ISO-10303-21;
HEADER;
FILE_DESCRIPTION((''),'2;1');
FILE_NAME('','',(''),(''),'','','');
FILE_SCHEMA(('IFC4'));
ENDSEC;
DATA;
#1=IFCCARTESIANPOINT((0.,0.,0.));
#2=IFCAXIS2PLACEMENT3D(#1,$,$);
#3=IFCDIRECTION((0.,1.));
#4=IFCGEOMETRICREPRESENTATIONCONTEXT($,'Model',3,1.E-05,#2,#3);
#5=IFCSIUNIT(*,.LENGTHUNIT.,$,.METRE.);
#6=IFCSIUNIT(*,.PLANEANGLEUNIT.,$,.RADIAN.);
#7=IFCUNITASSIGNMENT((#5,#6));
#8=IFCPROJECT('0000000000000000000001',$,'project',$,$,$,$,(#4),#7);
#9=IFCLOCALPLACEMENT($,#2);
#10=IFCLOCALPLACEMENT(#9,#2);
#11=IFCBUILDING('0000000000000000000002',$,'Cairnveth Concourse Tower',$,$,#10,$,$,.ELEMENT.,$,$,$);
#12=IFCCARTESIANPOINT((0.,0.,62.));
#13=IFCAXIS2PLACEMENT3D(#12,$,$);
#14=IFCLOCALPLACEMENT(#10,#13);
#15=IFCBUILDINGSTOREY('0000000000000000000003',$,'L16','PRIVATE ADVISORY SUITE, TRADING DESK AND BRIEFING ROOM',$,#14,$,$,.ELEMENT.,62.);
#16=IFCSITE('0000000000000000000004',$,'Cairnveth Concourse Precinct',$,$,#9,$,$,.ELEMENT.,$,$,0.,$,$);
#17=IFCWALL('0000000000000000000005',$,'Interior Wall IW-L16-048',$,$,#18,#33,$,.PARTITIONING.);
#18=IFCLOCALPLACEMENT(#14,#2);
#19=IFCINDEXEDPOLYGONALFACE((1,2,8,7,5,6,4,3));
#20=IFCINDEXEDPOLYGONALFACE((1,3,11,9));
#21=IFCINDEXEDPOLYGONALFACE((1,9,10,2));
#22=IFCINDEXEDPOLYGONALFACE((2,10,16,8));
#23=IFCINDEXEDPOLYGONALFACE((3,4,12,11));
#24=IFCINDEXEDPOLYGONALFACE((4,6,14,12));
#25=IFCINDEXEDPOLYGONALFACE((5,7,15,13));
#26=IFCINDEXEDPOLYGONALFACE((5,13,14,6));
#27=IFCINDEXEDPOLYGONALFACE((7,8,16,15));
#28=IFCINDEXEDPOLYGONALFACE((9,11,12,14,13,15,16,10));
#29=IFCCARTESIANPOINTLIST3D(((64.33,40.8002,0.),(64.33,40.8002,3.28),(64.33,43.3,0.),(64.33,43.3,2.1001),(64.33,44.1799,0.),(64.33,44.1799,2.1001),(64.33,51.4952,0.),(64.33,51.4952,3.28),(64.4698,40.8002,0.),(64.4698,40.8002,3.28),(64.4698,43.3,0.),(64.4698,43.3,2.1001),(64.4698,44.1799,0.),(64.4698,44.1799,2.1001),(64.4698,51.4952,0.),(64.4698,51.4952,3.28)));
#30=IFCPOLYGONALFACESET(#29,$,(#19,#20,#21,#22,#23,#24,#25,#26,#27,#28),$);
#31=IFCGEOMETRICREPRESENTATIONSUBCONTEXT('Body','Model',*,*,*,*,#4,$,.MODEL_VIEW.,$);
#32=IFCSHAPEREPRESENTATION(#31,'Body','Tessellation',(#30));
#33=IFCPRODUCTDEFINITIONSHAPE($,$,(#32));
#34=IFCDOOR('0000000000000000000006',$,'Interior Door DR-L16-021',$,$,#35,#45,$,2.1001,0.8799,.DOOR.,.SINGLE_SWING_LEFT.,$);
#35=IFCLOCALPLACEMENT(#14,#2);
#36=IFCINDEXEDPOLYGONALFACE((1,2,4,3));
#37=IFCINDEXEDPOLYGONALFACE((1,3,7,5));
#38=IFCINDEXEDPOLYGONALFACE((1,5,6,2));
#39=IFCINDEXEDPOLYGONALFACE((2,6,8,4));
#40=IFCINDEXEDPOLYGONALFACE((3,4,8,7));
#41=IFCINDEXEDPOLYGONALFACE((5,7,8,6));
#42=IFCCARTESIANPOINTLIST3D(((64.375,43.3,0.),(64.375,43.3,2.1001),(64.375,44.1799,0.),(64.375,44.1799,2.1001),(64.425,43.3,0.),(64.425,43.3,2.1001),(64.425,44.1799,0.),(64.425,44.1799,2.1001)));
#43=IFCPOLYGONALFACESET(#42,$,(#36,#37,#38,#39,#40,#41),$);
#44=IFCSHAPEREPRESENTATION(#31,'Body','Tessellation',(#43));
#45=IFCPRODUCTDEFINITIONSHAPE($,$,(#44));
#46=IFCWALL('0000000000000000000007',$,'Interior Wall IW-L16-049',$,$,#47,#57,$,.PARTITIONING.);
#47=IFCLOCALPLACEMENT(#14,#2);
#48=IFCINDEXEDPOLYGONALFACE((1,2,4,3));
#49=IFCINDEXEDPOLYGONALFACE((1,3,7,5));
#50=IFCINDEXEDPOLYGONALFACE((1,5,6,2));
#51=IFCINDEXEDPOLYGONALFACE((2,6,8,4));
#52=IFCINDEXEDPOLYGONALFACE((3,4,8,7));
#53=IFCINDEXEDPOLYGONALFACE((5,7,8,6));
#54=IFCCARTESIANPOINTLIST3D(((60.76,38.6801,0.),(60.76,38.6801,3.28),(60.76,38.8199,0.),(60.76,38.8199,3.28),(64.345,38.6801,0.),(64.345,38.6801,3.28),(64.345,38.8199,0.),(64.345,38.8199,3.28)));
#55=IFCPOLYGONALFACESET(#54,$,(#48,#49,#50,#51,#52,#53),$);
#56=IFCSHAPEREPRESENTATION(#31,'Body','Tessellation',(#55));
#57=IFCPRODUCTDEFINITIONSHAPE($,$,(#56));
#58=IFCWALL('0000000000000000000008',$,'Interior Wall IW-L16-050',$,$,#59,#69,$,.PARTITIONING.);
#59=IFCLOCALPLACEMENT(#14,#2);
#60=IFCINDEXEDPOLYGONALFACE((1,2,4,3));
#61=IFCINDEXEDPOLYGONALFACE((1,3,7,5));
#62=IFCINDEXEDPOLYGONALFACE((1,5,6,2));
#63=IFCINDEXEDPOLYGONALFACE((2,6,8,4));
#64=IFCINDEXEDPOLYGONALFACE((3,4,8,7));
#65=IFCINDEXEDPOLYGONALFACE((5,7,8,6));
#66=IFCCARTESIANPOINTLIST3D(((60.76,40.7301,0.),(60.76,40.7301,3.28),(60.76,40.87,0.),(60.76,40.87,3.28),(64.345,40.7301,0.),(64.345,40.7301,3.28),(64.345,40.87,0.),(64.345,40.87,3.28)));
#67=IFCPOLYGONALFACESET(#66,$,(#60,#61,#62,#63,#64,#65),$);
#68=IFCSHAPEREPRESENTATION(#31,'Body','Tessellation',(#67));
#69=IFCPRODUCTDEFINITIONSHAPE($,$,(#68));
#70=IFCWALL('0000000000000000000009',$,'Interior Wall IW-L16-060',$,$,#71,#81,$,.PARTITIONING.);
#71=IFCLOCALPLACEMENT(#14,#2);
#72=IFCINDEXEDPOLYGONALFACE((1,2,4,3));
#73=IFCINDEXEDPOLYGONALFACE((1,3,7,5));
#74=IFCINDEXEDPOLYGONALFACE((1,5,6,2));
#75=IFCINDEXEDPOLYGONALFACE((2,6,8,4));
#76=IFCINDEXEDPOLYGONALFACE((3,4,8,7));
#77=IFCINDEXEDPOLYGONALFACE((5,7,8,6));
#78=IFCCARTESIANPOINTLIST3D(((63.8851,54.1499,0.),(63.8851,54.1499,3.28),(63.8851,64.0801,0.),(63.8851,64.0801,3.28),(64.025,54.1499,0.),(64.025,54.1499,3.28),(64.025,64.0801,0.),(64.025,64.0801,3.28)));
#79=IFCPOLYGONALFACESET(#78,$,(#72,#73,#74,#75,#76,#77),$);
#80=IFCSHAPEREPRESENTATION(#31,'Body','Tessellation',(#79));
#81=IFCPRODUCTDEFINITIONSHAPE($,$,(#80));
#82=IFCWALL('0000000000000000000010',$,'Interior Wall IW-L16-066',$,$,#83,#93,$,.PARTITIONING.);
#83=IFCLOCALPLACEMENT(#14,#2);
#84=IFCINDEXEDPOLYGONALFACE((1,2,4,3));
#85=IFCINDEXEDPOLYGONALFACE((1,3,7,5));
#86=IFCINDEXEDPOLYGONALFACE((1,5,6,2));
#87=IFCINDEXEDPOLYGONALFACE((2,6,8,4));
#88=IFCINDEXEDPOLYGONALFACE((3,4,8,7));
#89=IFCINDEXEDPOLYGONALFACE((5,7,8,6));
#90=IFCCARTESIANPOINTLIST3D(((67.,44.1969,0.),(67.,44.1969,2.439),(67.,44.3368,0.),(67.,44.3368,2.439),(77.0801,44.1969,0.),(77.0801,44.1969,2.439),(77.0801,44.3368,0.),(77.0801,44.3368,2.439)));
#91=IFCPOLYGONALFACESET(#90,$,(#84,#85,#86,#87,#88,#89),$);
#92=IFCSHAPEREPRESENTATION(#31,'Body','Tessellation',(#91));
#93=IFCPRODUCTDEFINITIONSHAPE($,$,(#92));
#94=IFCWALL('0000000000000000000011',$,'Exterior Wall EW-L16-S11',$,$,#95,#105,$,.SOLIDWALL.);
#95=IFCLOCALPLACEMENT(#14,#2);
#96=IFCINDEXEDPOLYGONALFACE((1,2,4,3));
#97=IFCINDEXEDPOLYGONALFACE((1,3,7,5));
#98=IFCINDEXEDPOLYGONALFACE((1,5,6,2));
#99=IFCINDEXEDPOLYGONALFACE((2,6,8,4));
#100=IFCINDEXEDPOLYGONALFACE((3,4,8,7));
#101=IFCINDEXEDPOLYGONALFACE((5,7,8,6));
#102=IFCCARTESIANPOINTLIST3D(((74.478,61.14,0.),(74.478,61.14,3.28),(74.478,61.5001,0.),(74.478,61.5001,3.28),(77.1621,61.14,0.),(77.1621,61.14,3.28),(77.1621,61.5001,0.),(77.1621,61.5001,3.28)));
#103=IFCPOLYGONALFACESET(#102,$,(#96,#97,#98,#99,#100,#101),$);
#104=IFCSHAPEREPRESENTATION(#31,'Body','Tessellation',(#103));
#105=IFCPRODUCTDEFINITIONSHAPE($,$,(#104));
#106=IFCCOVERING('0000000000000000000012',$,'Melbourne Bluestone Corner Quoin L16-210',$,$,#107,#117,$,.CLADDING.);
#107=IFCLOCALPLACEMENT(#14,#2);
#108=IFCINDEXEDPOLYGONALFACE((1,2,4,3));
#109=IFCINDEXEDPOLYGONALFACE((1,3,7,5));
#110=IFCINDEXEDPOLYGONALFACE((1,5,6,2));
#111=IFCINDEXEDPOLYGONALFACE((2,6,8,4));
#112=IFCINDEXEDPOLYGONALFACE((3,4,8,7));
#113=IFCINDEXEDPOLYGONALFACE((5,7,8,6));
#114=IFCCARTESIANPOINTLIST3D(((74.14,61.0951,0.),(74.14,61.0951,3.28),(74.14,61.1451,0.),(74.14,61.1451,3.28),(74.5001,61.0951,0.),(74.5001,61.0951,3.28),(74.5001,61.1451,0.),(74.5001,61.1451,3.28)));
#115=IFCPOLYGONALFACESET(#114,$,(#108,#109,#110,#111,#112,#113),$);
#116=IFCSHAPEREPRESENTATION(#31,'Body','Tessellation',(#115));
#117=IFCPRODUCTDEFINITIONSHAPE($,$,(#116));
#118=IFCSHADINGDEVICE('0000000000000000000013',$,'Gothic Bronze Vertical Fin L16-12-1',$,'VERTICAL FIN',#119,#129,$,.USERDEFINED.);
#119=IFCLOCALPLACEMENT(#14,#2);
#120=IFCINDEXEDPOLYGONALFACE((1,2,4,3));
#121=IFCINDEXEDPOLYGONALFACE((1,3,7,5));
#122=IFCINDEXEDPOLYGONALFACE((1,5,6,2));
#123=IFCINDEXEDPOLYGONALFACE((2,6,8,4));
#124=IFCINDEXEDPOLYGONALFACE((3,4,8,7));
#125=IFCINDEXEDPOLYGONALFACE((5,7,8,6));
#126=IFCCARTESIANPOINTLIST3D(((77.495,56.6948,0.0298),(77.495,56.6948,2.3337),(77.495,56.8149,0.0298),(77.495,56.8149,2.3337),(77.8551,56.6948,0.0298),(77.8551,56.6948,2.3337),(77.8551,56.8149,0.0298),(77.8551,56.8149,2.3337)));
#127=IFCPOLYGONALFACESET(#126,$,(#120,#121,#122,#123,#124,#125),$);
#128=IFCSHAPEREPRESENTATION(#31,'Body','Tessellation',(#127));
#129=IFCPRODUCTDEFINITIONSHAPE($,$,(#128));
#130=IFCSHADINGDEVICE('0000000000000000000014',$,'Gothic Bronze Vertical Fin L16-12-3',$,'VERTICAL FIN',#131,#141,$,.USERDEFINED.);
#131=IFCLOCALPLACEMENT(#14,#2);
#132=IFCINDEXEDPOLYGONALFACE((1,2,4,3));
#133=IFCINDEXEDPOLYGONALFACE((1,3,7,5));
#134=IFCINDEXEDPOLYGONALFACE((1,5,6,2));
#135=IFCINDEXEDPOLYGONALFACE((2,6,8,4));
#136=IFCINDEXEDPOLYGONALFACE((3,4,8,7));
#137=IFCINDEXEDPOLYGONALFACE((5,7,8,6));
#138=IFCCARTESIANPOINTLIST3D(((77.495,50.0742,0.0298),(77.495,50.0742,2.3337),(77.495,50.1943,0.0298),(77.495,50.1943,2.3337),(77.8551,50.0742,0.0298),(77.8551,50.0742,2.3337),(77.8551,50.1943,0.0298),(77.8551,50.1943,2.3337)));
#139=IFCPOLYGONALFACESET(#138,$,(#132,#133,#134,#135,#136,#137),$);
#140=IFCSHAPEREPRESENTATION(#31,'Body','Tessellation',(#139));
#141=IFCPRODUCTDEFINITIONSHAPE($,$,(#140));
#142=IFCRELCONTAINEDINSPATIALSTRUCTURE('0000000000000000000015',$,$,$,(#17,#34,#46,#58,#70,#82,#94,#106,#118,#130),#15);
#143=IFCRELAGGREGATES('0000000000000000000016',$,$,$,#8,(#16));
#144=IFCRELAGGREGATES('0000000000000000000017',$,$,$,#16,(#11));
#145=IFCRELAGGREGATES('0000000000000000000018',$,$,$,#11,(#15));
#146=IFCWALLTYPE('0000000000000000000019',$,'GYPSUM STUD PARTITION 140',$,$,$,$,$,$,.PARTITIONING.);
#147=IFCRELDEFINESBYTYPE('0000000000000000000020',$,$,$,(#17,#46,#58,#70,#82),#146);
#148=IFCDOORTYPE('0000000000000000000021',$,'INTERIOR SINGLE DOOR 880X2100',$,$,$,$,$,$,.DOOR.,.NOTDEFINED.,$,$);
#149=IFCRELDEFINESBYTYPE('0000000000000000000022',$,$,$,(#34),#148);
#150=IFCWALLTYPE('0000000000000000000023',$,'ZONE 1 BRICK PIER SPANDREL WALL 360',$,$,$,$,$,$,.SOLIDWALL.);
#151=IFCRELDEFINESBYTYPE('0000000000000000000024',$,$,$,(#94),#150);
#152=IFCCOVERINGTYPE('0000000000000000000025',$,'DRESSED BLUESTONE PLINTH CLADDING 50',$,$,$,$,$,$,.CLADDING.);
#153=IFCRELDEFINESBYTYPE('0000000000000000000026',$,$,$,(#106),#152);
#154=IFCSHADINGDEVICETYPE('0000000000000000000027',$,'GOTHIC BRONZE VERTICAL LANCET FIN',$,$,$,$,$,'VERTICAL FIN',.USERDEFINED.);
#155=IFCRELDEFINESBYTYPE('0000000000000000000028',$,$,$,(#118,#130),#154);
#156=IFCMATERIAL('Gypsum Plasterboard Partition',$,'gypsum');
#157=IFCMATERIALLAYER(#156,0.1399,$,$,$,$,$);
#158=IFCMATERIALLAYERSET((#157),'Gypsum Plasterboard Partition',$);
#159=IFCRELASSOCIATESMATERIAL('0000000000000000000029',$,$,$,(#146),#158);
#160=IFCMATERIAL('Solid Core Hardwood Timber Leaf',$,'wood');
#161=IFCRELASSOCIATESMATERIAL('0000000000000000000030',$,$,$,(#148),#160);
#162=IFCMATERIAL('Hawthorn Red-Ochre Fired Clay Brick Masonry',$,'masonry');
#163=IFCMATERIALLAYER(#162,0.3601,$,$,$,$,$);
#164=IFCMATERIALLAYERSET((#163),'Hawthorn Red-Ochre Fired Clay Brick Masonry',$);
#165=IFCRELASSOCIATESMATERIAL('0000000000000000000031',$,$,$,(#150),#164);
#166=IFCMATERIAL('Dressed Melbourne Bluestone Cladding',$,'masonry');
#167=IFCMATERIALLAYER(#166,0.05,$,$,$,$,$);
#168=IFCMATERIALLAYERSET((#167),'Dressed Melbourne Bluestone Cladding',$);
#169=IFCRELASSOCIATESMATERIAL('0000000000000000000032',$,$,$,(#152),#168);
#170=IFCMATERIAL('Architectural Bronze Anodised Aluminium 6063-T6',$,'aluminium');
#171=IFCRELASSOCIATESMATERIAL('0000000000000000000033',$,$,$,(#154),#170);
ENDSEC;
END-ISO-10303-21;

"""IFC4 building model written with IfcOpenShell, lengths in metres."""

from ifc_helpers import new_model, si_unit, direction, frame, frame_2d, origin, origin_2d, place, context, subcontext, project, spatial, rectangle, extrude, material, layer, layer_set, type_object, element, fill, save


model = new_model("IFC4")

# Units and contexts
model_context = context("Model", 3, precision=1e-05, world=origin(), true_north=direction((0.0, 1.0)))
body_context = subcontext(model_context, "Body", "Model", "MODEL_VIEW")
ifc_project = project(units=[si_unit("LENGTHUNIT", "METRE"), si_unit("PLANEANGLEUNIT", "RADIAN")], contexts=[model_context])

# Site, building, storey
site_placement = place(None, origin())
site = spatial("IfcSite", under=ifc_project, at=site_placement, Name="Cairnveth Concourse Precinct", CompositionType="ELEMENT", RefElevation=0.0)
building_placement = place(site_placement, origin())
building = spatial("IfcBuilding", under=site, at=building_placement, Name="Cairnveth Concourse Tower", CompositionType="ELEMENT")
storey_placement = place(building_placement, frame((0.0, 0.0, 62.0)))
storey = spatial("IfcBuildingStorey", under=building, at=storey_placement, Name="L16", Description="PRIVATE ADVISORY SUITE, TRADING DESK AND BRIEFING ROOM", CompositionType="ELEMENT", Elevation=62.0)

# Wall, opening, door
ifc_material_1 = material(Name="Gypsum Plasterboard Partition", Category="gypsum")
ifc_layer_1 = layer(ifc_material_1, 0.1399)
ifc_layer_set_1 = layer_set([ifc_layer_1], Name="Gypsum Plasterboard Partition")
wall_type_1 = type_object("IfcWallType", Name="GYPSUM STUD PARTITION 140", PredefinedType="PARTITIONING", material=ifc_layer_set_1)
wall_1_placement = place(storey_placement, frame((64.3999, 40.8, 0.0), z_axis=(0.0, 0.0, 1.0), x_axis=(0.0, 1.0, 0.0)))
wall_1 = element("IfcWall", 1, at=wall_1_placement, inside=storey, type_object=wall_type_1, Name="Interior Wall IW-L16-048", PredefinedType="PARTITIONING", context=body_context, shape_type="SweptSolid", body=[
    extrude(rectangle(XDim=10.6951, YDim=0.1399, at=frame_2d((5.3477, 0.0))), origin(), (0.0, 0.0, 1.0), 3.28),
])
opening_1_placement = place(wall_1_placement, frame((2.5, 0.0, 0.0)))
opening_1 = element("IfcOpeningElement", 2, at=opening_1_placement, cuts=wall_1, PredefinedType="OPENING", context=body_context, shape_type="SweptSolid", body=[
    extrude(rectangle(XDim=0.8799, YDim=2.1001, at=frame_2d((0.4399, 1.05))), frame((0.0, 0.0798, 0.0), z_axis=(0.0, -1.0, 0.0), x_axis=(1.0, 0.0, 0.0)), (0.0, 0.0, 1.0), 0.1599),
])
ifc_material_2 = material(Name="Solid Core Hardwood Timber Leaf", Category="wood")
door_type_1 = type_object("IfcDoorType", Name="INTERIOR SINGLE DOOR 880X2100", OperationType="NOTDEFINED", PredefinedType="DOOR", material=ifc_material_2)
door_1_placement = place(opening_1_placement, origin())
door_1 = element("IfcDoor", 3, at=door_1_placement, inside=storey, type_object=door_type_1, Name="Interior Door DR-L16-021", OperationType="SINGLE_SWING_LEFT", OverallHeight=2.1001, OverallWidth=0.8799, PredefinedType="DOOR", context=body_context, shape_type="SweptSolid", body=[
    extrude(rectangle(XDim=0.8799, YDim=2.1001, at=frame_2d((0.4399, 1.05))), frame((0.0, 0.0249, 0.0), z_axis=(0.0, -1.0, 0.0), x_axis=(1.0, 0.0, 0.0)), (0.0, 0.0, 1.0), 0.05),
])
fill(opening_1, door_1)

# Walls
for number, where, z_axis, x_axis, name in (
    (4, (60.76, 38.75, 0.0), (0.0, 0.0, 1.0), (1.0, 0.0, 0.0), "Interior Wall IW-L16-049"),
    (5, (60.76, 40.8, 0.0), (0.0, 0.0, 1.0), (1.0, 0.0, 0.0), "Interior Wall IW-L16-050"),
):
    element("IfcWall", number, at=place(storey_placement, frame(where, z_axis=z_axis, x_axis=x_axis)), inside=storey, type_object=wall_type_1, Name=name, PredefinedType="PARTITIONING", context=body_context, shape_type="SweptSolid", body=[
        extrude(rectangle(XDim=3.585, YDim=0.1399, at=frame_2d((1.7925, 0.0))), origin(), (0.0, 0.0, 1.0), 3.28),
    ])
wall_2_placement = place(storey_placement, frame((63.9551, 54.1499, 0.0), z_axis=(0.0, 0.0, 1.0), x_axis=(0.0, 1.0, 0.0)))
element("IfcWall", 6, at=wall_2_placement, inside=storey, type_object=wall_type_1, Name="Interior Wall IW-L16-060", PredefinedType="PARTITIONING", context=body_context, shape_type="SweptSolid", body=[
    extrude(rectangle(XDim=9.9302, YDim=0.1399, at=frame_2d((4.9651, 0.0))), origin(), (0.0, 0.0, 1.0), 3.28),
])
wall_3_placement = place(storey_placement, frame((67.0, 44.2668, 0.0), z_axis=(0.0, 0.0, 1.0), x_axis=(1.0, 0.0, 0.0)))
element("IfcWall", 7, at=wall_3_placement, inside=storey, type_object=wall_type_1, Name="Interior Wall IW-L16-066", PredefinedType="PARTITIONING", context=body_context, shape_type="SweptSolid", body=[
    extrude(rectangle(XDim=10.0801, YDim=0.1399, at=frame_2d((5.04, 0.0))), origin(), (0.0, 0.0, 1.0), 2.439),
])
ifc_material_3 = material(Name="Hawthorn Red-Ochre Fired Clay Brick Masonry", Category="masonry")
ifc_layer_2 = layer(ifc_material_3, 0.3601)
ifc_layer_set_2 = layer_set([ifc_layer_2], Name="Hawthorn Red-Ochre Fired Clay Brick Masonry")
wall_type_2 = type_object("IfcWallType", Name="ZONE 1 BRICK PIER SPANDREL WALL 360", PredefinedType="SOLIDWALL", material=ifc_layer_set_2)
wall_4_placement = place(storey_placement, frame((74.478, 61.3201, 0.0), z_axis=(0.0, 0.0, 1.0), x_axis=(1.0, 0.0, 0.0)))
element("IfcWall", 8, at=wall_4_placement, inside=storey, type_object=wall_type_2, Name="Exterior Wall EW-L16-S11", PredefinedType="SOLIDWALL", context=body_context, shape_type="SweptSolid", body=[
    extrude(rectangle(XDim=2.6841, YDim=0.3601, at=frame_2d((1.342, 0.0))), origin(), (0.0, 0.0, 1.0), 3.28),
])

# Covering
ifc_material_4 = material(Name="Dressed Melbourne Bluestone Cladding", Category="masonry")
ifc_layer_3 = layer(ifc_material_4, 0.05)
ifc_layer_set_3 = layer_set([ifc_layer_3], Name="Dressed Melbourne Bluestone Cladding")
covering_type = type_object("IfcCoveringType", Name="DRESSED BLUESTONE PLINTH CLADDING 50", PredefinedType="CLADDING", material=ifc_layer_set_3)
covering_placement = place(storey_placement, frame((74.1399, 61.1201, 0.0), z_axis=(0.0, 0.0, 1.0), x_axis=(1.0, 0.0, 0.0)))
element("IfcCovering", 9, at=covering_placement, inside=storey, type_object=covering_type, Name="Melbourne Bluestone Corner Quoin L16-210", PredefinedType="CLADDING", context=body_context, shape_type="SweptSolid", body=[
    extrude(rectangle(XDim=0.3601, YDim=0.05, at=frame_2d((0.1802, 0.0))), origin(), (0.0, 0.0, 1.0), 3.28),
])

# Shading devices
ifc_material_5 = material(Name="Architectural Bronze Anodised Aluminium 6063-T6", Category="aluminium")
shading_device_type = type_object("IfcShadingDeviceType", Name="GOTHIC BRONZE VERTICAL LANCET FIN", ElementType="VERTICAL FIN", PredefinedType="USERDEFINED", material=ifc_material_5)
for number, where, z_axis, x_axis, name in (
    (10, (77.675, 56.7549, 0.0298), (0.0, 0.0, 1.0), (0.0, 1.0, 0.0), "Gothic Bronze Vertical Fin L16-12-1"),
    (11, (77.675, 50.1343, 0.0298), (0.0, 0.0, 1.0), (0.0, 1.0, 0.0), "Gothic Bronze Vertical Fin L16-12-3"),
):
    element("IfcShadingDevice", number, at=place(storey_placement, frame(where, z_axis=z_axis, x_axis=x_axis)), inside=storey, type_object=shading_device_type, Name=name, ObjectType="VERTICAL FIN", PredefinedType="USERDEFINED", context=body_context, shape_type="SweptSolid", body=[
        extrude(rectangle(XDim=0.1201, YDim=0.3601, at=origin_2d()), origin(), (0.0, 0.0, 1.0), 2.304),
    ])

save(model, "model.ifc")
